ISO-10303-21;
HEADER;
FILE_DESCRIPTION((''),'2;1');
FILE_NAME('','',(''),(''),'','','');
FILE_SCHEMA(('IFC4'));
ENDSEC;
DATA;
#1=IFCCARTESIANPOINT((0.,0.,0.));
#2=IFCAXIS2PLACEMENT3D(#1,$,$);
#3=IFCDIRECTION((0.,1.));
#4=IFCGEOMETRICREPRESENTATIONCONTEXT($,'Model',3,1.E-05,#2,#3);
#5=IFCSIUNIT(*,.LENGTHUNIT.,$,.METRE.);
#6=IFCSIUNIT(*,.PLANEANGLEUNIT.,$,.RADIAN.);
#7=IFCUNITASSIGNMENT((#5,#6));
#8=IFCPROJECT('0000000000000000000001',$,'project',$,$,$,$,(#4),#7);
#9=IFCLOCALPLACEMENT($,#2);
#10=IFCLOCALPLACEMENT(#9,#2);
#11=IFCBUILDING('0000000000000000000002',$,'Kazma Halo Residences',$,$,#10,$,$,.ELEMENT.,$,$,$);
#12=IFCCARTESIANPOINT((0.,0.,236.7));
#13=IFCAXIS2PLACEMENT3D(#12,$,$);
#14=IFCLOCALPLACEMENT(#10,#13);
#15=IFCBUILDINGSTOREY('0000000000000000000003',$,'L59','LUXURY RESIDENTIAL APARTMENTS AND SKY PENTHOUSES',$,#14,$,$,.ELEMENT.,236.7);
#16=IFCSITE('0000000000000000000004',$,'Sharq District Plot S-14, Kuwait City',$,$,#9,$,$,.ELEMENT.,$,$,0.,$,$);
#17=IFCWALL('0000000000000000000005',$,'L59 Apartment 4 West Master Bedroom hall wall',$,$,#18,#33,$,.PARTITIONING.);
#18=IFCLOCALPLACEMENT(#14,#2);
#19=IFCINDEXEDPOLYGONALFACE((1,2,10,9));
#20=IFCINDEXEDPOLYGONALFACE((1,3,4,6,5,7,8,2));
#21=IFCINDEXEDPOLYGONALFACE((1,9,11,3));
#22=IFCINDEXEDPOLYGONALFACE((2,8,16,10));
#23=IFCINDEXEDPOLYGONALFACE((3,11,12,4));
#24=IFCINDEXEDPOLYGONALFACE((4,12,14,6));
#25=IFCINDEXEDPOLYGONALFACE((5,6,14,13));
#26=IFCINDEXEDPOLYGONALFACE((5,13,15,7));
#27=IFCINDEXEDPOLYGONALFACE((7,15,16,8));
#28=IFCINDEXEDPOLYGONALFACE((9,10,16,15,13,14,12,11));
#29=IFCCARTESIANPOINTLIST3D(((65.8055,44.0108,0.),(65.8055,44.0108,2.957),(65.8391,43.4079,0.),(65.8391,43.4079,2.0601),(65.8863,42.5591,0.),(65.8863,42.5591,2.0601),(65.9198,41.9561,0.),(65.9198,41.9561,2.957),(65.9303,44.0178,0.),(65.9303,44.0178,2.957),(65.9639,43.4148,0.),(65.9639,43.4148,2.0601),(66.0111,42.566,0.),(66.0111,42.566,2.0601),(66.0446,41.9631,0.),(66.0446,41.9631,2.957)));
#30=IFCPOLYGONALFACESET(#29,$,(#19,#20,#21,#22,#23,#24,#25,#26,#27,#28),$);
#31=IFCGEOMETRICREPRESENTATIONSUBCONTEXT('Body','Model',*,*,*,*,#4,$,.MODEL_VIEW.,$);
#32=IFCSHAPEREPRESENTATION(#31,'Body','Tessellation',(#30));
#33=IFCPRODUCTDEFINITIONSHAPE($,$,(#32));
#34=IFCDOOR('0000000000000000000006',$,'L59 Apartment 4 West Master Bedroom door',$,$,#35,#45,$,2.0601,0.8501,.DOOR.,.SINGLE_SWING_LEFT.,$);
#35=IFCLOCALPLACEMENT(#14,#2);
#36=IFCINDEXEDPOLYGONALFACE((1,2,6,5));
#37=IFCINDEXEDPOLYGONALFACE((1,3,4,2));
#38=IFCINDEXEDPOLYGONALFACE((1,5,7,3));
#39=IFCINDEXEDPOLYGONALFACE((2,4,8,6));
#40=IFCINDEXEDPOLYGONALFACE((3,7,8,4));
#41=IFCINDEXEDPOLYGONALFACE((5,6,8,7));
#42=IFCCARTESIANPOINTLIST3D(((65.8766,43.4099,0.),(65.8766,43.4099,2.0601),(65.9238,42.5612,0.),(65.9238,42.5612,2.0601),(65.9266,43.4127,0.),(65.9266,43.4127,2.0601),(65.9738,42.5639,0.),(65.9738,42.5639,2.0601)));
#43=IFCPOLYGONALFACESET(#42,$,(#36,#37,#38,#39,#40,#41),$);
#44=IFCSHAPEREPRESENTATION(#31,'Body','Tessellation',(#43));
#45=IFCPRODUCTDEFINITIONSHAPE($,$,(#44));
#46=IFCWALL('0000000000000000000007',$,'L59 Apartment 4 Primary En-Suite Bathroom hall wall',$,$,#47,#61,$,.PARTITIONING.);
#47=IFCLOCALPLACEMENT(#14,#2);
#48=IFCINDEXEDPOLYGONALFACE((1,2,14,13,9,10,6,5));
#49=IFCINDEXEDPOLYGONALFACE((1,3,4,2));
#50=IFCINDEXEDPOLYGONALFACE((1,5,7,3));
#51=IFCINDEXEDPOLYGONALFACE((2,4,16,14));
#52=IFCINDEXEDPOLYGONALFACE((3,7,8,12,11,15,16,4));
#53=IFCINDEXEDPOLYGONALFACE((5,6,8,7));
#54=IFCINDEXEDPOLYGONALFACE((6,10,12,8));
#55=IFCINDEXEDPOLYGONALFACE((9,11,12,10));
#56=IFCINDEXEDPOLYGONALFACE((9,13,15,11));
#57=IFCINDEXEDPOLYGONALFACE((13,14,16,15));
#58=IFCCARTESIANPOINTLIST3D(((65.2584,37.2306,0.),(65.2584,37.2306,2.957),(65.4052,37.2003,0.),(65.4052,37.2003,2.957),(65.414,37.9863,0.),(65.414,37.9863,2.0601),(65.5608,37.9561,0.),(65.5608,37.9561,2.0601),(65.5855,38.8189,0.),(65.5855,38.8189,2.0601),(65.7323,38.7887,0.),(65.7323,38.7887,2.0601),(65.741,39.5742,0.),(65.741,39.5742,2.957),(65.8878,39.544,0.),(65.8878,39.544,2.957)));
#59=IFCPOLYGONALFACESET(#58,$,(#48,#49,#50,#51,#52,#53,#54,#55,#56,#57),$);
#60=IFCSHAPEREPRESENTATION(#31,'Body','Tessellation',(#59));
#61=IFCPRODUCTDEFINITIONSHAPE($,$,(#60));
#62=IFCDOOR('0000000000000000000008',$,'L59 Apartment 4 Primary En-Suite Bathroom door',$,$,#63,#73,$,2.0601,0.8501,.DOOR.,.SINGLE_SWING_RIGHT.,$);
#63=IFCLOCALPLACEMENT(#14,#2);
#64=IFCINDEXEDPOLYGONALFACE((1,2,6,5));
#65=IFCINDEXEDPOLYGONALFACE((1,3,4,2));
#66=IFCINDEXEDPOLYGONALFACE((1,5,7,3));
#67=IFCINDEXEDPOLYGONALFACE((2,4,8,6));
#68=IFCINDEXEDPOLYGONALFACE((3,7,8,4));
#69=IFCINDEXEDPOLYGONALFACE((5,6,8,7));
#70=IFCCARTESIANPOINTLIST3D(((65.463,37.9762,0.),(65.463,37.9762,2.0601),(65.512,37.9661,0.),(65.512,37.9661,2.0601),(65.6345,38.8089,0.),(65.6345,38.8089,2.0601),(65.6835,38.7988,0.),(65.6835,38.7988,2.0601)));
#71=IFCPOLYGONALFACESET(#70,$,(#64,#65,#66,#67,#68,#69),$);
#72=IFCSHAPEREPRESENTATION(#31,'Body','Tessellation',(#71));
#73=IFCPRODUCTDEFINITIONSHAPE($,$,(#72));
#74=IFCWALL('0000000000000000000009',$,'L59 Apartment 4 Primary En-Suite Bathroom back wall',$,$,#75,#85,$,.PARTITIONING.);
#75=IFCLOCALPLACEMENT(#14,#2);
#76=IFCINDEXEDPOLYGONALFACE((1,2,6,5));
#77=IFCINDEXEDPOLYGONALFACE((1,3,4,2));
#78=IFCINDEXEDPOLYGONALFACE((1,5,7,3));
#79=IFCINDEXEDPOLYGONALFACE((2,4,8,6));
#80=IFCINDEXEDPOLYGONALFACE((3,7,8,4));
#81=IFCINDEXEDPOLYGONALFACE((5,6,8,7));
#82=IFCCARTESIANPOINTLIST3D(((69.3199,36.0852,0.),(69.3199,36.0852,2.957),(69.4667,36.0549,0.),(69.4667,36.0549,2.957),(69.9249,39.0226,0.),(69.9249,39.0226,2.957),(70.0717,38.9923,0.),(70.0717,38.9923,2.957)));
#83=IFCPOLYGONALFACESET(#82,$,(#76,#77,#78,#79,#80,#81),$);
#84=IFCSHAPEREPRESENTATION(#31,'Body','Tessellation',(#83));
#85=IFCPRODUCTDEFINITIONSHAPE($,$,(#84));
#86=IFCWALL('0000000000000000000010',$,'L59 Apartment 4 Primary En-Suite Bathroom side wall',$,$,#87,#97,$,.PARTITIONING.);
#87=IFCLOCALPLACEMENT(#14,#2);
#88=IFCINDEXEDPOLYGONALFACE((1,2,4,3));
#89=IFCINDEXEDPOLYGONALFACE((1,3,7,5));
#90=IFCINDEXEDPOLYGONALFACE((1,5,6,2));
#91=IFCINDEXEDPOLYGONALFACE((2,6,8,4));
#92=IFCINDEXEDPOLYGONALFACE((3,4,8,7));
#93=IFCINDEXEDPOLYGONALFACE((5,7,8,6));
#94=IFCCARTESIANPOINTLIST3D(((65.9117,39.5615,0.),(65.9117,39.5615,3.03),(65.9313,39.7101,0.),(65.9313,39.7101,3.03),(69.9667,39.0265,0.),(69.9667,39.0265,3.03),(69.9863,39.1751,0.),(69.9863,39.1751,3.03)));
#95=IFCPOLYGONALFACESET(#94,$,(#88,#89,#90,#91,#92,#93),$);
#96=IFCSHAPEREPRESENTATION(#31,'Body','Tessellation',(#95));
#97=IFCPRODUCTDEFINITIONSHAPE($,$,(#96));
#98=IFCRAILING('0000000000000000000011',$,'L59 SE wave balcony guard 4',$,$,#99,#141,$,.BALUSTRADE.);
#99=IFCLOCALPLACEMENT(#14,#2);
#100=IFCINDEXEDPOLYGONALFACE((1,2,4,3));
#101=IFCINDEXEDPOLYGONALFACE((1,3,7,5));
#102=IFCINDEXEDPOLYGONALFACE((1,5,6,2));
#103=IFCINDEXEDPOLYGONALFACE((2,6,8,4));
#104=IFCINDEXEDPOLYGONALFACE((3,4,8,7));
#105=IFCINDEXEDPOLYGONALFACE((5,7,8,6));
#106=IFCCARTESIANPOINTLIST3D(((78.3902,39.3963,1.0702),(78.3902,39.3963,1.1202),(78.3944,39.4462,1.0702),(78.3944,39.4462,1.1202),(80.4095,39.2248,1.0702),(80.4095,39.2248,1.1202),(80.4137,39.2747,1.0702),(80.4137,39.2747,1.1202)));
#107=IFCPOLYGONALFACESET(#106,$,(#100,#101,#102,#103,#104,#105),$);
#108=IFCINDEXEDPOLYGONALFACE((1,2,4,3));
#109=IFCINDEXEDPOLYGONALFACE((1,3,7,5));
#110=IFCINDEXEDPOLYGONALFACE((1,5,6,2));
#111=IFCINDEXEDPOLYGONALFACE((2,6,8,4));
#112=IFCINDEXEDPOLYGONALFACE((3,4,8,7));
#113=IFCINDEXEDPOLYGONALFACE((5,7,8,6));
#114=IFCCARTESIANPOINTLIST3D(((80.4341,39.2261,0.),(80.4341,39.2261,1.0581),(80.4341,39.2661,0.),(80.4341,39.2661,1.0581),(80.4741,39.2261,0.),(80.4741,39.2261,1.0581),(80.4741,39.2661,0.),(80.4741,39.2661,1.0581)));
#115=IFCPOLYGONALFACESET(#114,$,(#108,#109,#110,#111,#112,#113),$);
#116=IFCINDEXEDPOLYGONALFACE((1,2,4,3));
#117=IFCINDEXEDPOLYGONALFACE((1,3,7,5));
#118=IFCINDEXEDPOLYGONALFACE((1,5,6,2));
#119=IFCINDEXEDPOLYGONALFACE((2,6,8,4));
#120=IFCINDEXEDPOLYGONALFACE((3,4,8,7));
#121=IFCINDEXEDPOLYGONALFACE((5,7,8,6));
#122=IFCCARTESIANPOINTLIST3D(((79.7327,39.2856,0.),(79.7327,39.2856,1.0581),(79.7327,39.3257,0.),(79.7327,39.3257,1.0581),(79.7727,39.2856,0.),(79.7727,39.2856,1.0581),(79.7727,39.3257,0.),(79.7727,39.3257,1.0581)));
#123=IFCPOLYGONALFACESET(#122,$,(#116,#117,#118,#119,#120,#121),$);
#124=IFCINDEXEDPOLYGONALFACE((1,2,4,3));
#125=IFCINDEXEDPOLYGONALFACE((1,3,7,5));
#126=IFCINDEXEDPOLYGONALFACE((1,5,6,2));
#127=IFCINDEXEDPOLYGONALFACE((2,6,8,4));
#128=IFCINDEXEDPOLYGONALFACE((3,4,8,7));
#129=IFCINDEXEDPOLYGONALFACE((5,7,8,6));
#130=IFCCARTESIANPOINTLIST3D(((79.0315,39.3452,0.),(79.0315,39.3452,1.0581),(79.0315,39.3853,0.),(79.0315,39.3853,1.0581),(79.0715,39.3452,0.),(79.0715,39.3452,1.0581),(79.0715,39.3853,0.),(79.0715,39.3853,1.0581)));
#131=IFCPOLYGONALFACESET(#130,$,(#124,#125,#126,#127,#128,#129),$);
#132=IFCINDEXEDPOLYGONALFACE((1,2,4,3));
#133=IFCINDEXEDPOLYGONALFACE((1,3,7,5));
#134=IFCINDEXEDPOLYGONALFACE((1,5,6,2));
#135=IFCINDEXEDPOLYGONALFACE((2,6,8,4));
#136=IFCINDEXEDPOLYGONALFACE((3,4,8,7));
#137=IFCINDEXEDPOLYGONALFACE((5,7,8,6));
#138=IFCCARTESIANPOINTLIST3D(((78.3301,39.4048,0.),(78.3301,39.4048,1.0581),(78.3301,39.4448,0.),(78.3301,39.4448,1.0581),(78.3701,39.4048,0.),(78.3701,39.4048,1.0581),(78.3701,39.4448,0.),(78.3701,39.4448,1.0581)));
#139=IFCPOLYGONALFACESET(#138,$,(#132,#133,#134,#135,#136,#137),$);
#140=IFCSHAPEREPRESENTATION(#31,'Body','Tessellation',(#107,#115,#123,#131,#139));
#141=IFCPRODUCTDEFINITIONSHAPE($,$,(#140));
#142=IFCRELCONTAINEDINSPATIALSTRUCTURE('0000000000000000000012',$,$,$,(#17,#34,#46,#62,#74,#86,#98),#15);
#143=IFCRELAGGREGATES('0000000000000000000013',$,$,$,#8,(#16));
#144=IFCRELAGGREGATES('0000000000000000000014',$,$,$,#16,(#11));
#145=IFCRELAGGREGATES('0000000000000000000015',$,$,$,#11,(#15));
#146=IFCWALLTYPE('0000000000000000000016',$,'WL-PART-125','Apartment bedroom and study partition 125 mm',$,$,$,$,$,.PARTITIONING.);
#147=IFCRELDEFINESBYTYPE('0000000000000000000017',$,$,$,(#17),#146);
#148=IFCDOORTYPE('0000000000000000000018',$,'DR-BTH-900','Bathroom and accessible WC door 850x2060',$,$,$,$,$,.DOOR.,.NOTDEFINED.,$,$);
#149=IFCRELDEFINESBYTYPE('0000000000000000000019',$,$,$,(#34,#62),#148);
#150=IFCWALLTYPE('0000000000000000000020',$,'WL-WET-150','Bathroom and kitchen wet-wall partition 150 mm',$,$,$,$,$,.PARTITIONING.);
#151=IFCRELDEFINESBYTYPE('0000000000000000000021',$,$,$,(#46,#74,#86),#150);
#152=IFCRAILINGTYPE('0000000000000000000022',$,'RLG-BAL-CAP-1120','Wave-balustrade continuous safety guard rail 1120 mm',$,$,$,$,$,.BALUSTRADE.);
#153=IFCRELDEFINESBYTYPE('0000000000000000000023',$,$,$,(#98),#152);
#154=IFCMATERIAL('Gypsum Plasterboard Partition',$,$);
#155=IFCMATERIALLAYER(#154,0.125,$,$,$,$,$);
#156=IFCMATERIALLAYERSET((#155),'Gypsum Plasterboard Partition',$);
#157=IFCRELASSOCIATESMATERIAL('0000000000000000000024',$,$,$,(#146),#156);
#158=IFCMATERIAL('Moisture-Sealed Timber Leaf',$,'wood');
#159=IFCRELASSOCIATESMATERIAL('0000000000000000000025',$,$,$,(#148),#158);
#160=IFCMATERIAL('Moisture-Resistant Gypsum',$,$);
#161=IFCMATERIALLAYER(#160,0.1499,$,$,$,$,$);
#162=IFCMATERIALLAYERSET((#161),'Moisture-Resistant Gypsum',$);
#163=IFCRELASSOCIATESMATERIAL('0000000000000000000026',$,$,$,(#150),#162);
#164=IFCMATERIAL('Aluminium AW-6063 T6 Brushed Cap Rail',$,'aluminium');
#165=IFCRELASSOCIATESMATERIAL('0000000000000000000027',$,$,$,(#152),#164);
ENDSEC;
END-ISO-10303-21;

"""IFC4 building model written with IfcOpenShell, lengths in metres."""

from ifc_helpers import new_model, si_unit, direction, frame, frame_2d, origin, origin_2d, place, context, subcontext, project, spatial, rectangle, extrude, material, layer, layer_set, type_object, element, fill, save


model = new_model("IFC4")

# Units and contexts
model_context = context("Model", 3, precision=1e-05, world=origin(), true_north=direction((0.0, 1.0)))
body_context = subcontext(model_context, "Body", "Model", "MODEL_VIEW")
ifc_project = project(units=[si_unit("LENGTHUNIT", "METRE"), si_unit("PLANEANGLEUNIT", "RADIAN")], contexts=[model_context])

# Site, building, storey
site_placement = place(None, origin())
site = spatial("IfcSite", under=ifc_project, at=site_placement, Name="Sharq District Plot S-14, Kuwait City", CompositionType="ELEMENT", RefElevation=0.0)
building_placement = place(site_placement, origin())
building = spatial("IfcBuilding", under=site, at=building_placement, Name="Kazma Halo Residences", CompositionType="ELEMENT")
storey_placement = place(building_placement, frame((0.0, 0.0, 236.7)))
storey = spatial("IfcBuildingStorey", under=building, at=storey_placement, Name="L59", Description="LUXURY RESIDENTIAL APARTMENTS AND SKY PENTHOUSES", CompositionType="ELEMENT", Elevation=236.7)

# Shared definitions
ifc_material_1 = material(Name="Gypsum Plasterboard Partition")
ifc_layer_1 = layer(ifc_material_1, 0.125)
ifc_layer_set_1 = layer_set([ifc_layer_1], Name="Gypsum Plasterboard Partition")
wall_type_1 = type_object("IfcWallType", Name="WL-PART-125", Description="Apartment bedroom and study partition 125 mm", PredefinedType="PARTITIONING", material=ifc_layer_set_1)

# Shared definitions
ifc_material_2 = material(Name="Moisture-Sealed Timber Leaf", Category="wood")
door_type = type_object("IfcDoorType", Name="DR-BTH-900", Description="Bathroom and accessible WC door 850x2060", OperationType="NOTDEFINED", PredefinedType="DOOR", material=ifc_material_2)

# Walls, openings, doors
wall_1_placement = place(storey_placement, frame((65.9822, 41.9597, 0.0), z_axis=(0.0, 0.0, 1.0), x_axis=(-0.055523, 0.998457, 0.0)))
wall_1 = element("IfcWall", 1, at=wall_1_placement, inside=storey, type_object=wall_type_1, Name="L59 Apartment 4 West Master Bedroom hall wall", PredefinedType="PARTITIONING", context=body_context, shape_type="SweptSolid", body=[
    extrude(rectangle(XDim=2.0579, YDim=0.125, at=frame_2d((1.0288, 0.0))), origin(), (0.0, 0.0, 1.0), 2.957),
])
opening_1_placement = place(wall_1_placement, frame((0.6038, 0.0, 0.0)))
opening_1 = element("IfcOpeningElement", 2, at=opening_1_placement, cuts=wall_1, PredefinedType="OPENING", context=body_context, shape_type="SweptSolid", body=[
    extrude(rectangle(XDim=0.8501, YDim=2.0601, at=frame_2d((0.425, 1.03))), frame((0.0, 0.0725, 0.0), z_axis=(0.0, -1.0, 0.0), x_axis=(1.0, 0.0, 0.0)), (0.0, 0.0, 1.0), 0.145),
])
door_1_placement = place(opening_1_placement, origin())
door_1 = element("IfcDoor", 3, at=door_1_placement, inside=storey, type_object=door_type, Name="L59 Apartment 4 West Master Bedroom door", OperationType="SINGLE_SWING_LEFT", OverallHeight=2.0601, OverallWidth=0.8501, PredefinedType="DOOR", context=body_context, shape_type="SweptSolid", body=[
    extrude(rectangle(XDim=0.8501, YDim=2.0601, at=frame_2d((0.425, 1.03))), frame((0.0, 0.0249, 0.0), z_axis=(0.0, -1.0, 0.0), x_axis=(1.0, 0.0, 0.0)), (0.0, 0.0, 1.0), 0.05),
])
fill(opening_1, door_1)
ifc_material_3 = material(Name="Moisture-Resistant Gypsum")
ifc_layer_2 = layer(ifc_material_3, 0.1499)
ifc_layer_set_2 = layer_set([ifc_layer_2], Name="Moisture-Resistant Gypsum")
wall_type_2 = type_object("IfcWallType", Name="WL-WET-150", Description="Bathroom and kitchen wet-wall partition 150 mm", PredefinedType="PARTITIONING", material=ifc_layer_set_2)
wall_2_placement = place(storey_placement, frame((65.3318, 37.2156, 0.0), z_axis=(0.0, 0.0, 1.0), x_axis=(0.201705, 0.979446, 0.0)))
wall_2 = element("IfcWall", 4, at=wall_2_placement, inside=storey, type_object=wall_type_2, Name="L59 Apartment 4 Primary En-Suite Bathroom hall wall", PredefinedType="PARTITIONING", context=body_context, shape_type="SweptSolid", body=[
    extrude(rectangle(XDim=2.3928, YDim=0.1499, at=frame_2d((1.1963, 0.0))), origin(), (0.0, 0.0, 1.0), 2.957),
])
opening_2_placement = place(wall_2_placement, frame((0.7715, 0.0, 0.0)))
opening_2 = element("IfcOpeningElement", 5, at=opening_2_placement, cuts=wall_2, PredefinedType="OPENING", context=body_context, shape_type="SweptSolid", body=[
    extrude(rectangle(XDim=0.8501, YDim=2.0601, at=frame_2d((0.425, 1.03))), frame((0.0, 0.085, 0.0), z_axis=(0.0, -1.0, 0.0), x_axis=(1.0, 0.0, 0.0)), (0.0, 0.0, 1.0), 0.1699),
])
door_2_placement = place(opening_2_placement, origin())
door_2 = element("IfcDoor", 6, at=door_2_placement, inside=storey, type_object=door_type, Name="L59 Apartment 4 Primary En-Suite Bathroom door", OperationType="SINGLE_SWING_RIGHT", OverallHeight=2.0601, OverallWidth=0.8501, PredefinedType="DOOR", context=body_context, shape_type="SweptSolid", body=[
    extrude(rectangle(XDim=0.8501, YDim=2.0601, at=frame_2d((0.425, 1.03))), frame((0.0, 0.0249, 0.0), z_axis=(0.0, -1.0, 0.0), x_axis=(1.0, 0.0, 0.0)), (0.0, 0.0, 1.0), 0.05),
])
fill(opening_2, door_2)

# Walls
wall_3_placement = place(storey_placement, frame((69.3933, 36.0701, 0.0), z_axis=(0.0, 0.0, 1.0), x_axis=(0.201733, 0.97944, 0.0)))
element("IfcWall", 7, at=wall_3_placement, inside=storey, type_object=wall_type_2, Name="L59 Apartment 4 Primary En-Suite Bathroom back wall", PredefinedType="PARTITIONING", context=body_context, shape_type="SweptSolid", body=[
    extrude(rectangle(XDim=2.999, YDim=0.1499, at=frame_2d((1.4995, 0.0))), origin(), (0.0, 0.0, 1.0), 2.957),
])
wall_4_placement = place(storey_placement, frame((65.9216, 39.6357, 0.0), z_axis=(0.0, 0.0, 1.0), x_axis=(0.991411, -0.130783, 0.0)))
element("IfcWall", 8, at=wall_4_placement, inside=storey, type_object=wall_type_2, Name="L59 Apartment 4 Primary En-Suite Bathroom side wall", PredefinedType="PARTITIONING", context=body_context, shape_type="SweptSolid", body=[
    extrude(rectangle(XDim=4.0901, YDim=0.1499, at=frame_2d((2.0449, 0.0))), origin(), (0.0, 0.0, 1.0), 3.03),
])

# Railing
ifc_material_4 = material(Name="Aluminium AW-6063 T6 Brushed Cap Rail", Category="aluminium")
railing_type = type_object("IfcRailingType", Name="RLG-BAL-CAP-1120", Description="Wave-balustrade continuous safety guard rail 1120 mm", PredefinedType="BALUSTRADE", material=ifc_material_4)
railing_placement = place(storey_placement, frame((80.4541, 39.2461, 0.0)))
element("IfcRailing", 9, at=railing_placement, inside=storey, type_object=railing_type, Name="L59 SE wave balcony guard 4", PredefinedType="BALUSTRADE", context=body_context, shape_type="SweptSolid", body=[
    extrude(rectangle(XDim=0.05, YDim=0.05, at=origin_2d()), frame((-0.0425, 0.0037, 1.0952), z_axis=(-0.996412, 0.084634, 0.0), x_axis=(-0.084634, -0.996412, 0.0)), (0.0, 0.0, 1.0), 2.0266),
    extrude(rectangle(XDim=0.04, YDim=0.04, at=origin_2d()), origin(), (0.0, 0.0, 1.0), 1.0581),
    extrude(rectangle(XDim=0.04, YDim=0.04, at=origin_2d()), frame((-0.7014, 0.0596, 0.0)), (0.0, 0.0, 1.0), 1.0581),
    extrude(rectangle(XDim=0.04, YDim=0.04, at=origin_2d()), frame((-1.4026, 0.1191, 0.0)), (0.0, 0.0, 1.0), 1.0581),
    extrude(rectangle(XDim=0.04, YDim=0.04, at=origin_2d()), frame((-2.104, 0.1787, 0.0)), (0.0, 0.0, 1.0), 1.0581),
])

save(model, "model.ifc")
